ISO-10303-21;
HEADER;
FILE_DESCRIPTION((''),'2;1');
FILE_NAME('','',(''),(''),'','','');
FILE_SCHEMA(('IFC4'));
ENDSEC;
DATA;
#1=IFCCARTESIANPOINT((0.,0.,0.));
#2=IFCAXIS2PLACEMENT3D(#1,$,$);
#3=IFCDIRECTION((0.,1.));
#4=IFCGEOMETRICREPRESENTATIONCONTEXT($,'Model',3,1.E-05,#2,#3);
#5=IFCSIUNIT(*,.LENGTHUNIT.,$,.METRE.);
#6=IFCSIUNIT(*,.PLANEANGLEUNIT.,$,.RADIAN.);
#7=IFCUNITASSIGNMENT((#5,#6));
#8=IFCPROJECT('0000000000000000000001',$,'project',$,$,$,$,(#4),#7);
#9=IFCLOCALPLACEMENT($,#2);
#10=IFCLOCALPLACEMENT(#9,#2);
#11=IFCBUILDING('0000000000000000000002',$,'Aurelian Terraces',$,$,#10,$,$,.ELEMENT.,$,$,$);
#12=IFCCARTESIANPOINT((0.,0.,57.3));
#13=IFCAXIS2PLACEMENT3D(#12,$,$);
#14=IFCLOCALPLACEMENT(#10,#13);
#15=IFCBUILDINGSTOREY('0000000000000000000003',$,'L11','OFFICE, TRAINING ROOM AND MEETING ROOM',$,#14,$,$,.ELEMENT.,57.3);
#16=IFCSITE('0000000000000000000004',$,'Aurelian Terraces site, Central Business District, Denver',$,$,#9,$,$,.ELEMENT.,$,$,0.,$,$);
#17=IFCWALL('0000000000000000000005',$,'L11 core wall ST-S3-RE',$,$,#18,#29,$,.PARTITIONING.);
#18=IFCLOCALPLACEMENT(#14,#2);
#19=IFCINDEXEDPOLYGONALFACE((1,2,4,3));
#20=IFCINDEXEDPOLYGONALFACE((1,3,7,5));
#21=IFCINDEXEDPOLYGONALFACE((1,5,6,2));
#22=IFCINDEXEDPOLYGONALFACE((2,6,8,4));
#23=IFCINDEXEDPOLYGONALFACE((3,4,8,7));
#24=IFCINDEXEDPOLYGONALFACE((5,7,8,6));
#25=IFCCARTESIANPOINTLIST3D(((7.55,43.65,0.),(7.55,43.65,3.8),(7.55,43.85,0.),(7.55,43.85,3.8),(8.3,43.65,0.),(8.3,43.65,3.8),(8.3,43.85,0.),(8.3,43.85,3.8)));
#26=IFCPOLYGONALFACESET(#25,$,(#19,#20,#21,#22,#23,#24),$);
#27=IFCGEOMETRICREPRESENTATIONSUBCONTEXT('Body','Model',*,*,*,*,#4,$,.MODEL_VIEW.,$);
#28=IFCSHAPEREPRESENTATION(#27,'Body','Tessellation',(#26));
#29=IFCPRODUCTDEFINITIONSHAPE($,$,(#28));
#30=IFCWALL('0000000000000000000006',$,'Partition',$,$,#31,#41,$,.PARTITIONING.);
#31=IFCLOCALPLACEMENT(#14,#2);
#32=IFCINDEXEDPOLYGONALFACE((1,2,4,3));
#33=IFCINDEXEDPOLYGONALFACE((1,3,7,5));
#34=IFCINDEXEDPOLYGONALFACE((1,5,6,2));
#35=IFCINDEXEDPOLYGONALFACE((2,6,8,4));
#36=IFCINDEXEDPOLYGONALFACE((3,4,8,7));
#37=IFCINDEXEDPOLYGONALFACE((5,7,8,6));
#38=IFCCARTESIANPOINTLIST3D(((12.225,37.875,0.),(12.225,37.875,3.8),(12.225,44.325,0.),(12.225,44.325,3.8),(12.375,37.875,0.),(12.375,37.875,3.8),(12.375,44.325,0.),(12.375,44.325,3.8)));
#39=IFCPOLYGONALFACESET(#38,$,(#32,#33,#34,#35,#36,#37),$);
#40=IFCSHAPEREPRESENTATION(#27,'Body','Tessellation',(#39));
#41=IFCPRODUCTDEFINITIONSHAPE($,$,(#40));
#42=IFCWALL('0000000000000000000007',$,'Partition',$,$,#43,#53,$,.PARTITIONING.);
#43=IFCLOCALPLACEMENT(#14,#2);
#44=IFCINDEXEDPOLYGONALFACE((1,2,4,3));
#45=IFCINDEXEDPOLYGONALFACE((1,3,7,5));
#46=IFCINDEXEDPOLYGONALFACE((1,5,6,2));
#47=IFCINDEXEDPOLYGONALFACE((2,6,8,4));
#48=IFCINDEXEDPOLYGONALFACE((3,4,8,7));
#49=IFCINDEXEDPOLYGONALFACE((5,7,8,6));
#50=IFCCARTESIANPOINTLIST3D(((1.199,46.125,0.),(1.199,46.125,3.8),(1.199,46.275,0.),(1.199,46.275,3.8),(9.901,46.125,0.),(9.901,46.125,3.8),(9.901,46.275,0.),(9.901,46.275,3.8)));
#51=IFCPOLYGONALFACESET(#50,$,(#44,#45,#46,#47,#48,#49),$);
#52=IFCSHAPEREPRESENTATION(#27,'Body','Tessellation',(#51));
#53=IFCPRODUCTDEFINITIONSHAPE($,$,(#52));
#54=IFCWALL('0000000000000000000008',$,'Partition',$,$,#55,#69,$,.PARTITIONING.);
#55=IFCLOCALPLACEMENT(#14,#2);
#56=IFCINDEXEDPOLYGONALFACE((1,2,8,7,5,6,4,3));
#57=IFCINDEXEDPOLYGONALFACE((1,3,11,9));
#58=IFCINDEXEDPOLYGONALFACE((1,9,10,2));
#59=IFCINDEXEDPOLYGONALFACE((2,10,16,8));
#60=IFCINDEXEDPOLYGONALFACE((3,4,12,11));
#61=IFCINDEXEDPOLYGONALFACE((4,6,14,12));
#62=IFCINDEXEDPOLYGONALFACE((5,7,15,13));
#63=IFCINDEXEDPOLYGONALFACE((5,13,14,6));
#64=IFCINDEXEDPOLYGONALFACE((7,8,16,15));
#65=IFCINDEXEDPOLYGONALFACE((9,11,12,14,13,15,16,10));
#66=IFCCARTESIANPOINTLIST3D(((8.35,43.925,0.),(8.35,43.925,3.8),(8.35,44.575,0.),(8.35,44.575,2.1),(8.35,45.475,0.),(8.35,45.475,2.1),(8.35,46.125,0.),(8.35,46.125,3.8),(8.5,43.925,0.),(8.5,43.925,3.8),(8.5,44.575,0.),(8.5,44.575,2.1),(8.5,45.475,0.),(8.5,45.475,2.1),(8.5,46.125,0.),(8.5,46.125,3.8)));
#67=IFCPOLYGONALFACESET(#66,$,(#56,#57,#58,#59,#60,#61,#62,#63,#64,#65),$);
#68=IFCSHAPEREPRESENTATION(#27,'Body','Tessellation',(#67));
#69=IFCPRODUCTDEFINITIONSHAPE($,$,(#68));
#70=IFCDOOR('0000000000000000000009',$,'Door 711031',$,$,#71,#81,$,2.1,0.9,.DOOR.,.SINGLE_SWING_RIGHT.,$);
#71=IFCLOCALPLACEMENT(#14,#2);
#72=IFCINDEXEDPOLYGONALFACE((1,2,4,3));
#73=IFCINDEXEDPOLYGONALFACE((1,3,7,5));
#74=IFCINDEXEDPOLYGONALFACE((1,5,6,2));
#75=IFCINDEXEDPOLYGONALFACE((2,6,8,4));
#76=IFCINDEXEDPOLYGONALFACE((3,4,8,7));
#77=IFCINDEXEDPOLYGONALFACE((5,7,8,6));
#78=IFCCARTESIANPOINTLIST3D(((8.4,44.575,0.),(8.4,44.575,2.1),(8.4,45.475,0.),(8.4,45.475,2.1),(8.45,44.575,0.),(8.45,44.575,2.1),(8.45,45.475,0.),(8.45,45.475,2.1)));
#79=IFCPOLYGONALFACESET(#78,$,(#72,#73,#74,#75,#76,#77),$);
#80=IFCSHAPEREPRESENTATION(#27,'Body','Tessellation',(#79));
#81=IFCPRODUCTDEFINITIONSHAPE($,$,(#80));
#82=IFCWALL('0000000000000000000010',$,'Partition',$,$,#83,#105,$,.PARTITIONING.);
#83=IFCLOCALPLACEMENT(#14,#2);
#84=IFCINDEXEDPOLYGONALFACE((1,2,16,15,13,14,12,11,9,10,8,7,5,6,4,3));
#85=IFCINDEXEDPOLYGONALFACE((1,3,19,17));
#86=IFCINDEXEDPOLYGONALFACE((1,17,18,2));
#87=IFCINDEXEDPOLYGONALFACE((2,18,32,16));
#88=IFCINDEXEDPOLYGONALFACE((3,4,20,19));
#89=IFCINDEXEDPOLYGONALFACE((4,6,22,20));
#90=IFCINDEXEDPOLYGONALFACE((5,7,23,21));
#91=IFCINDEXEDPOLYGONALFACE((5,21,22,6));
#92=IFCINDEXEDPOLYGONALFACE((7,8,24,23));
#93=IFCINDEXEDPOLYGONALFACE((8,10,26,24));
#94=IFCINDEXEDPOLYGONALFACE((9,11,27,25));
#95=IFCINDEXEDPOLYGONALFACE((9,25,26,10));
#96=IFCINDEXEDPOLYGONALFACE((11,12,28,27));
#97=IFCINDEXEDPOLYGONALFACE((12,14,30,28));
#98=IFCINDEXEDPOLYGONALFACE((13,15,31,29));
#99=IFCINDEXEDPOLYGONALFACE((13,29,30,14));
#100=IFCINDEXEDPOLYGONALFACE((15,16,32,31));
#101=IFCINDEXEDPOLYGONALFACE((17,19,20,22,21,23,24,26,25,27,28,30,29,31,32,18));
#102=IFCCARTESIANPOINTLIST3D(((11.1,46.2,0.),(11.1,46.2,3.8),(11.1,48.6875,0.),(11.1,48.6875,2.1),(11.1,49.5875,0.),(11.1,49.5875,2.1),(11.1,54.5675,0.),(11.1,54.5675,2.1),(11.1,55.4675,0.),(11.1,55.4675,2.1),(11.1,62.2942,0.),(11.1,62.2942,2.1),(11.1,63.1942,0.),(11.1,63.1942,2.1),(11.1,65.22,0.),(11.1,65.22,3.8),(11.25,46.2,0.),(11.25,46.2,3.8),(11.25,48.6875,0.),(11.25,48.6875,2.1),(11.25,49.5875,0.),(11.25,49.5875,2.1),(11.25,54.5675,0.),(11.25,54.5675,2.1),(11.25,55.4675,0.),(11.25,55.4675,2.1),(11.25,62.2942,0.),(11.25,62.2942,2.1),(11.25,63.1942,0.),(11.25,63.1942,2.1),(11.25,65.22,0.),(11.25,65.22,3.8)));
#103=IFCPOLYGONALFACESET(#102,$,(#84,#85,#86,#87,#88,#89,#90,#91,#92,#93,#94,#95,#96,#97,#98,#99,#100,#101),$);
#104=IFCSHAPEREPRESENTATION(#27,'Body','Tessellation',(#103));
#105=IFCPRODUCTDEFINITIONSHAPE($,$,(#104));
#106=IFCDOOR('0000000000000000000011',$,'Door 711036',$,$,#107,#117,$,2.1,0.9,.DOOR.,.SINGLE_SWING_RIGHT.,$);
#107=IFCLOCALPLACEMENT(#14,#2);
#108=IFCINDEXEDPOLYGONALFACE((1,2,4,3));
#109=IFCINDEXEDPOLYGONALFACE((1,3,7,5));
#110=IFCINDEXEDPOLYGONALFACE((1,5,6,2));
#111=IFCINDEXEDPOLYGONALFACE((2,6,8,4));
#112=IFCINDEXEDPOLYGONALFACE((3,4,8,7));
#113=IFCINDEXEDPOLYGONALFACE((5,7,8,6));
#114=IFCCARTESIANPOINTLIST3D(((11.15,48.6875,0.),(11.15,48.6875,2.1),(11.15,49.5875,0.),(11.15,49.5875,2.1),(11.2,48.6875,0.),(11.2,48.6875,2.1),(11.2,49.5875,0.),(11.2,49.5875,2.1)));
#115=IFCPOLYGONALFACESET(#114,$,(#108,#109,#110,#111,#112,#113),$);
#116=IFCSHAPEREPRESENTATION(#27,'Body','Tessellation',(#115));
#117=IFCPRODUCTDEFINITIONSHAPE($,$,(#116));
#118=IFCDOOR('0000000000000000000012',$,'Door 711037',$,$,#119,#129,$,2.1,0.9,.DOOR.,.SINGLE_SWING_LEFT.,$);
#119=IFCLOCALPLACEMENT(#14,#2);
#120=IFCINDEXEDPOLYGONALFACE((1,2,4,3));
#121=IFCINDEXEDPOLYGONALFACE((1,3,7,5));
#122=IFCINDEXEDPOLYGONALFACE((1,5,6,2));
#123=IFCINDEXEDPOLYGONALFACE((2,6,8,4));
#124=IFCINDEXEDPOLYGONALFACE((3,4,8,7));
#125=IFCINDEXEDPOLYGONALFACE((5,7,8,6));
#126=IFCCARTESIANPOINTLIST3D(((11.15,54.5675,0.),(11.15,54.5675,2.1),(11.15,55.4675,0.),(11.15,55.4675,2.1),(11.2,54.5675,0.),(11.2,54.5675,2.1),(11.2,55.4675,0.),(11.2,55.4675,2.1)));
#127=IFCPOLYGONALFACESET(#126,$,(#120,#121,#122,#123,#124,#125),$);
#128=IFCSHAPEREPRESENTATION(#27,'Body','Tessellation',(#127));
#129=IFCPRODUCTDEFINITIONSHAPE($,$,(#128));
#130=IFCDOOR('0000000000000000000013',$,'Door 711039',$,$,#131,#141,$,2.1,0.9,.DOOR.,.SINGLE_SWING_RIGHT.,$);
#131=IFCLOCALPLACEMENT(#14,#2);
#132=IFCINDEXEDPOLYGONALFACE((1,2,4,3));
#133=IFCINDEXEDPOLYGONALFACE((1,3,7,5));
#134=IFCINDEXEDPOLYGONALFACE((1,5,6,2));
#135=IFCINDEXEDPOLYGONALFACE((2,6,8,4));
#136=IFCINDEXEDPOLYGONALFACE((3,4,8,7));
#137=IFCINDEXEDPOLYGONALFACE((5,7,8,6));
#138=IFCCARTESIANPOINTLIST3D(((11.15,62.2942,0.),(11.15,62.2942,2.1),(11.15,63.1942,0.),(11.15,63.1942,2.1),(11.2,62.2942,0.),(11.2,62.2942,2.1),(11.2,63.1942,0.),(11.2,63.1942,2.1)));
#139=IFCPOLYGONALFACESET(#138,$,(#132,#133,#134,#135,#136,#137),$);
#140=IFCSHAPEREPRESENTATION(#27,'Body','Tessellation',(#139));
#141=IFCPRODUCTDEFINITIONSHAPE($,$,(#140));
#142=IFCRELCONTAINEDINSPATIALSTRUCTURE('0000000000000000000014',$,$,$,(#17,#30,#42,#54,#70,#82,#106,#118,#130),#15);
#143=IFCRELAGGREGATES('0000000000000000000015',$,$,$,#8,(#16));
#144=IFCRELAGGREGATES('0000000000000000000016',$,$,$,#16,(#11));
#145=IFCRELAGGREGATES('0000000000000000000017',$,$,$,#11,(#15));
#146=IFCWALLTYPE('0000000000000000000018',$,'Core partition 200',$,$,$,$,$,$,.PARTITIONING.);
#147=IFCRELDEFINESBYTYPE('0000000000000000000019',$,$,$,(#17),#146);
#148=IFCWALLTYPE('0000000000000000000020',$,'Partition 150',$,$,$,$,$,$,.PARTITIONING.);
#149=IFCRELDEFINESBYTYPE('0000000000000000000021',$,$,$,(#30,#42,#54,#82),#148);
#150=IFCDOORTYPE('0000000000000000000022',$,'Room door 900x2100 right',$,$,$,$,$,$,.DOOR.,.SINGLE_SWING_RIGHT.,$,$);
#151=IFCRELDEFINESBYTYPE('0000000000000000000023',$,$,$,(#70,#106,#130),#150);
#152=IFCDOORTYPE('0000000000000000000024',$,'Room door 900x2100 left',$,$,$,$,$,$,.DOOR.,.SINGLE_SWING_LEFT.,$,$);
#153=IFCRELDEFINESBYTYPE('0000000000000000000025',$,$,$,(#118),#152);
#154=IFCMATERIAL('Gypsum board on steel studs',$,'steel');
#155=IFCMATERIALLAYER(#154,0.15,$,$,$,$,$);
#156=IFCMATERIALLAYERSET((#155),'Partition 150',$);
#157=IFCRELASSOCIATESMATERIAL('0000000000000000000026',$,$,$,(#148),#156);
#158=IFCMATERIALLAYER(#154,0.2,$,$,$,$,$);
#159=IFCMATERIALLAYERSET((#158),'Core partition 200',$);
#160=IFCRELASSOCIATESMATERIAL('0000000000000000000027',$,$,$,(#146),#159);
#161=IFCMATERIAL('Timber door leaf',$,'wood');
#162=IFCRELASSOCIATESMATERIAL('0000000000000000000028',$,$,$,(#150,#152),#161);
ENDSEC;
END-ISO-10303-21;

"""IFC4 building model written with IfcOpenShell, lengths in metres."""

from ifc_helpers import new_model, si_unit, direction, frame, frame_2d, origin, place, context, subcontext, project, spatial, rectangle, extrude, source, transform, mapped, material, layer, layer_set, type_object, element, fill, save


model = new_model("IFC4")

# Units and contexts
model_context = context("Model", 3, precision=1e-05, world=origin(), true_north=direction((0.0, 1.0)))
body_context = subcontext(model_context, "Body", "Model", "MODEL_VIEW")
ifc_project = project(units=[si_unit("LENGTHUNIT", "METRE"), si_unit("PLANEANGLEUNIT", "RADIAN")], contexts=[model_context])

# Site, building, storey
site_placement = place(None, origin())
site = spatial("IfcSite", under=ifc_project, at=site_placement, Name="Aurelian Terraces site, Central Business District, Denver", CompositionType="ELEMENT", RefElevation=0.0)
building_placement = place(site_placement, origin())
building = spatial("IfcBuilding", under=site, at=building_placement, Name="Aurelian Terraces", CompositionType="ELEMENT")
storey_placement = place(building_placement, frame((0.0, 0.0, 57.3)))
storey = spatial("IfcBuildingStorey", under=building, at=storey_placement, Name="L11", Description="OFFICE, TRAINING ROOM AND MEETING ROOM", CompositionType="ELEMENT", Elevation=57.3)

# Shared definitions
ifc_material_1 = material(Name="Gypsum board on steel studs", Category="steel")
ifc_layer_1 = layer(ifc_material_1, 0.15)
ifc_layer_set_1 = layer_set([ifc_layer_1], Name="Partition 150")
wall_type_1 = type_object("IfcWallType", Name="Partition 150", PredefinedType="PARTITIONING", material=ifc_layer_set_1)

# Walls
ifc_layer_2 = layer(ifc_material_1, 0.2)
ifc_layer_set_2 = layer_set([ifc_layer_2], Name="Core partition 200")
wall_type_2 = type_object("IfcWallType", Name="Core partition 200", PredefinedType="PARTITIONING", material=ifc_layer_set_2)
shared_shape_1 = source(origin(), body_context, "Body", "SweptSolid", [
    extrude(rectangle(XDim=0.75, YDim=0.2, at=frame_2d((0.375, 0.0))), origin(), (0.0, 0.0, 1.0), 3.8),
])
wall_1_placement = place(storey_placement, frame((7.55, 43.75, 0.0), z_axis=(0.0, 0.0, 1.0), x_axis=(1.0, 0.0, 0.0)))
element("IfcWall", 1, at=wall_1_placement, inside=storey, type_object=wall_type_2, Name="L11 core wall ST-S3-RE", PredefinedType="PARTITIONING", context=body_context, shape_type="MappedRepresentation", body=[
    mapped(shared_shape_1, transform((0.0, 0.0, 0.0), scale=1.0)),
])
shared_shape_2 = source(origin(), body_context, "Body", "SweptSolid", [
    extrude(rectangle(XDim=6.45, YDim=0.15, at=frame_2d((3.225, 0.0))), origin(), (0.0, 0.0, 1.0), 3.8),
])
wall_2_placement = place(storey_placement, frame((12.3, 44.325, 0.0), z_axis=(0.0, 0.0, 1.0), x_axis=(0.0, -1.0, 0.0)))
element("IfcWall", 2, at=wall_2_placement, inside=storey, type_object=wall_type_1, Name="Partition", PredefinedType="PARTITIONING", context=body_context, shape_type="MappedRepresentation", body=[
    mapped(shared_shape_2, transform((0.0, 0.0, 0.0), scale=1.0)),
])
shared_shape_3 = source(origin(), body_context, "Body", "SweptSolid", [
    extrude(rectangle(XDim=8.702, YDim=0.15, at=frame_2d((4.351, 0.0))), origin(), (0.0, 0.0, 1.0), 3.8),
])
wall_3_placement = place(storey_placement, frame((9.901, 46.2, 0.0), z_axis=(0.0, 0.0, 1.0), x_axis=(-1.0, 0.0, 0.0)))
element("IfcWall", 3, at=wall_3_placement, inside=storey, type_object=wall_type_1, Name="Partition", PredefinedType="PARTITIONING", context=body_context, shape_type="MappedRepresentation", body=[
    mapped(shared_shape_3, transform((0.0, 0.0, 0.0), scale=1.0)),
])

# Wall, opening, door
shared_shape_4 = source(origin(), body_context, "Body", "SweptSolid", [
    extrude(rectangle(XDim=2.2, YDim=0.15, at=frame_2d((1.1, 0.0))), origin(), (0.0, 0.0, 1.0), 3.8),
])
wall_4_placement = place(storey_placement, frame((8.425, 43.925, 0.0), z_axis=(0.0, 0.0, 1.0), x_axis=(0.0, 1.0, 0.0)))
wall_4 = element("IfcWall", 4, at=wall_4_placement, inside=storey, type_object=wall_type_1, Name="Partition", PredefinedType="PARTITIONING", context=body_context, shape_type="MappedRepresentation", body=[
    mapped(shared_shape_4, transform((0.0, 0.0, 0.0), scale=1.0)),
])
shared_shape_5 = source(origin(), body_context, "Body", "SweptSolid", [
    extrude(rectangle(XDim=0.9, YDim=2.1, at=frame_2d((0.45, 1.05))), frame((0.0, 0.085, 0.0), z_axis=(0.0, -1.0, 0.0), x_axis=(1.0, 0.0, 0.0)), (0.0, 0.0, 1.0), 0.17),
])
opening_1_placement = place(wall_4_placement, frame((0.65, 0.0, 0.0)))
opening_1 = element("IfcOpeningElement", 5, at=opening_1_placement, cuts=wall_4, PredefinedType="OPENING", context=body_context, shape_type="MappedRepresentation", body=[
    mapped(shared_shape_5, transform((0.0, 0.0, 0.0), scale=1.0)),
])
ifc_material_2 = material(Name="Timber door leaf", Category="wood")
door_type_1 = type_object("IfcDoorType", Name="Room door 900x2100 right", OperationType="SINGLE_SWING_RIGHT", PredefinedType="DOOR", material=ifc_material_2)
shared_shape_6 = source(origin(), body_context, "Body", "SweptSolid", [
    extrude(rectangle(XDim=0.9, YDim=2.1, at=frame_2d((0.45, 1.05))), frame((0.0, 0.025, 0.0), z_axis=(0.0, -1.0, 0.0), x_axis=(1.0, 0.0, 0.0)), (0.0, 0.0, 1.0), 0.05),
])
door_1_placement = place(opening_1_placement, origin())
door_1 = element("IfcDoor", 6, at=door_1_placement, inside=storey, type_object=door_type_1, Name="Door 711031", OperationType="SINGLE_SWING_RIGHT", OverallHeight=2.1, OverallWidth=0.9, PredefinedType="DOOR", context=body_context, shape_type="MappedRepresentation", body=[
    mapped(shared_shape_6, transform((0.0, 0.0, 0.0), scale=1.0)),
])
fill(opening_1, door_1)

# Wall, openings, doors
shared_shape_7 = source(origin(), body_context, "Body", "SweptSolid", [
    extrude(rectangle(XDim=19.02, YDim=0.15, at=frame_2d((9.51, 0.0))), origin(), (0.0, 0.0, 1.0), 3.8),
])
wall_5_placement = place(storey_placement, frame((11.175, 46.2, 0.0), z_axis=(0.0, 0.0, 1.0), x_axis=(0.0, 1.0, 0.0)))
wall_5 = element("IfcWall", 7, at=wall_5_placement, inside=storey, type_object=wall_type_1, Name="Partition", PredefinedType="PARTITIONING", context=body_context, shape_type="MappedRepresentation", body=[
    mapped(shared_shape_7, transform((0.0, 0.0, 0.0), scale=1.0)),
])
opening_2_placement = place(wall_5_placement, frame((2.4875, 0.0, 0.0)))
opening_2 = element("IfcOpeningElement", 8, at=opening_2_placement, cuts=wall_5, PredefinedType="OPENING", context=body_context, shape_type="MappedRepresentation", body=[
    mapped(shared_shape_5, transform((0.0, 0.0, 0.0), scale=1.0)),
])
opening_3_placement = place(wall_5_placement, frame((8.3675, 0.0, 0.0)))
opening_3 = element("IfcOpeningElement", 9, at=opening_3_placement, cuts=wall_5, PredefinedType="OPENING", context=body_context, shape_type="MappedRepresentation", body=[
    mapped(shared_shape_5, transform((0.0, 0.0, 0.0), scale=1.0)),
])
opening_4_placement = place(wall_5_placement, frame((16.0942, 0.0, 0.0)))
opening_4 = element("IfcOpeningElement", 10, at=opening_4_placement, cuts=wall_5, PredefinedType="OPENING", context=body_context, shape_type="MappedRepresentation", body=[
    mapped(shared_shape_5, transform((0.0, 0.0, 0.0), scale=1.0)),
])
door_2_placement = place(opening_2_placement, origin())
door_2 = element("IfcDoor", 11, at=door_2_placement, inside=storey, type_object=door_type_1, Name="Door 711036", OperationType="SINGLE_SWING_RIGHT", OverallHeight=2.1, OverallWidth=0.9, PredefinedType="DOOR", context=body_context, shape_type="MappedRepresentation", body=[
    mapped(shared_shape_6, transform((0.0, 0.0, 0.0), scale=1.0)),
])
fill(opening_2, door_2)
door_type_2 = type_object("IfcDoorType", Name="Room door 900x2100 left", OperationType="SINGLE_SWING_LEFT", PredefinedType="DOOR", material=ifc_material_2)
door_3_placement = place(opening_3_placement, origin())
door_3 = element("IfcDoor", 12, at=door_3_placement, inside=storey, type_object=door_type_2, Name="Door 711037", OperationType="SINGLE_SWING_LEFT", OverallHeight=2.1, OverallWidth=0.9, PredefinedType="DOOR", context=body_context, shape_type="MappedRepresentation", body=[
    mapped(shared_shape_6, transform((0.0, 0.0, 0.0), scale=1.0)),
])
fill(opening_3, door_3)
door_4_placement = place(opening_4_placement, origin())
door_4 = element("IfcDoor", 13, at=door_4_placement, inside=storey, type_object=door_type_1, Name="Door 711039", OperationType="SINGLE_SWING_RIGHT", OverallHeight=2.1, OverallWidth=0.9, PredefinedType="DOOR", context=body_context, shape_type="MappedRepresentation", body=[
    mapped(shared_shape_6, transform((0.0, 0.0, 0.0), scale=1.0)),
])
fill(opening_4, door_4)

save(model, "model.ifc")
